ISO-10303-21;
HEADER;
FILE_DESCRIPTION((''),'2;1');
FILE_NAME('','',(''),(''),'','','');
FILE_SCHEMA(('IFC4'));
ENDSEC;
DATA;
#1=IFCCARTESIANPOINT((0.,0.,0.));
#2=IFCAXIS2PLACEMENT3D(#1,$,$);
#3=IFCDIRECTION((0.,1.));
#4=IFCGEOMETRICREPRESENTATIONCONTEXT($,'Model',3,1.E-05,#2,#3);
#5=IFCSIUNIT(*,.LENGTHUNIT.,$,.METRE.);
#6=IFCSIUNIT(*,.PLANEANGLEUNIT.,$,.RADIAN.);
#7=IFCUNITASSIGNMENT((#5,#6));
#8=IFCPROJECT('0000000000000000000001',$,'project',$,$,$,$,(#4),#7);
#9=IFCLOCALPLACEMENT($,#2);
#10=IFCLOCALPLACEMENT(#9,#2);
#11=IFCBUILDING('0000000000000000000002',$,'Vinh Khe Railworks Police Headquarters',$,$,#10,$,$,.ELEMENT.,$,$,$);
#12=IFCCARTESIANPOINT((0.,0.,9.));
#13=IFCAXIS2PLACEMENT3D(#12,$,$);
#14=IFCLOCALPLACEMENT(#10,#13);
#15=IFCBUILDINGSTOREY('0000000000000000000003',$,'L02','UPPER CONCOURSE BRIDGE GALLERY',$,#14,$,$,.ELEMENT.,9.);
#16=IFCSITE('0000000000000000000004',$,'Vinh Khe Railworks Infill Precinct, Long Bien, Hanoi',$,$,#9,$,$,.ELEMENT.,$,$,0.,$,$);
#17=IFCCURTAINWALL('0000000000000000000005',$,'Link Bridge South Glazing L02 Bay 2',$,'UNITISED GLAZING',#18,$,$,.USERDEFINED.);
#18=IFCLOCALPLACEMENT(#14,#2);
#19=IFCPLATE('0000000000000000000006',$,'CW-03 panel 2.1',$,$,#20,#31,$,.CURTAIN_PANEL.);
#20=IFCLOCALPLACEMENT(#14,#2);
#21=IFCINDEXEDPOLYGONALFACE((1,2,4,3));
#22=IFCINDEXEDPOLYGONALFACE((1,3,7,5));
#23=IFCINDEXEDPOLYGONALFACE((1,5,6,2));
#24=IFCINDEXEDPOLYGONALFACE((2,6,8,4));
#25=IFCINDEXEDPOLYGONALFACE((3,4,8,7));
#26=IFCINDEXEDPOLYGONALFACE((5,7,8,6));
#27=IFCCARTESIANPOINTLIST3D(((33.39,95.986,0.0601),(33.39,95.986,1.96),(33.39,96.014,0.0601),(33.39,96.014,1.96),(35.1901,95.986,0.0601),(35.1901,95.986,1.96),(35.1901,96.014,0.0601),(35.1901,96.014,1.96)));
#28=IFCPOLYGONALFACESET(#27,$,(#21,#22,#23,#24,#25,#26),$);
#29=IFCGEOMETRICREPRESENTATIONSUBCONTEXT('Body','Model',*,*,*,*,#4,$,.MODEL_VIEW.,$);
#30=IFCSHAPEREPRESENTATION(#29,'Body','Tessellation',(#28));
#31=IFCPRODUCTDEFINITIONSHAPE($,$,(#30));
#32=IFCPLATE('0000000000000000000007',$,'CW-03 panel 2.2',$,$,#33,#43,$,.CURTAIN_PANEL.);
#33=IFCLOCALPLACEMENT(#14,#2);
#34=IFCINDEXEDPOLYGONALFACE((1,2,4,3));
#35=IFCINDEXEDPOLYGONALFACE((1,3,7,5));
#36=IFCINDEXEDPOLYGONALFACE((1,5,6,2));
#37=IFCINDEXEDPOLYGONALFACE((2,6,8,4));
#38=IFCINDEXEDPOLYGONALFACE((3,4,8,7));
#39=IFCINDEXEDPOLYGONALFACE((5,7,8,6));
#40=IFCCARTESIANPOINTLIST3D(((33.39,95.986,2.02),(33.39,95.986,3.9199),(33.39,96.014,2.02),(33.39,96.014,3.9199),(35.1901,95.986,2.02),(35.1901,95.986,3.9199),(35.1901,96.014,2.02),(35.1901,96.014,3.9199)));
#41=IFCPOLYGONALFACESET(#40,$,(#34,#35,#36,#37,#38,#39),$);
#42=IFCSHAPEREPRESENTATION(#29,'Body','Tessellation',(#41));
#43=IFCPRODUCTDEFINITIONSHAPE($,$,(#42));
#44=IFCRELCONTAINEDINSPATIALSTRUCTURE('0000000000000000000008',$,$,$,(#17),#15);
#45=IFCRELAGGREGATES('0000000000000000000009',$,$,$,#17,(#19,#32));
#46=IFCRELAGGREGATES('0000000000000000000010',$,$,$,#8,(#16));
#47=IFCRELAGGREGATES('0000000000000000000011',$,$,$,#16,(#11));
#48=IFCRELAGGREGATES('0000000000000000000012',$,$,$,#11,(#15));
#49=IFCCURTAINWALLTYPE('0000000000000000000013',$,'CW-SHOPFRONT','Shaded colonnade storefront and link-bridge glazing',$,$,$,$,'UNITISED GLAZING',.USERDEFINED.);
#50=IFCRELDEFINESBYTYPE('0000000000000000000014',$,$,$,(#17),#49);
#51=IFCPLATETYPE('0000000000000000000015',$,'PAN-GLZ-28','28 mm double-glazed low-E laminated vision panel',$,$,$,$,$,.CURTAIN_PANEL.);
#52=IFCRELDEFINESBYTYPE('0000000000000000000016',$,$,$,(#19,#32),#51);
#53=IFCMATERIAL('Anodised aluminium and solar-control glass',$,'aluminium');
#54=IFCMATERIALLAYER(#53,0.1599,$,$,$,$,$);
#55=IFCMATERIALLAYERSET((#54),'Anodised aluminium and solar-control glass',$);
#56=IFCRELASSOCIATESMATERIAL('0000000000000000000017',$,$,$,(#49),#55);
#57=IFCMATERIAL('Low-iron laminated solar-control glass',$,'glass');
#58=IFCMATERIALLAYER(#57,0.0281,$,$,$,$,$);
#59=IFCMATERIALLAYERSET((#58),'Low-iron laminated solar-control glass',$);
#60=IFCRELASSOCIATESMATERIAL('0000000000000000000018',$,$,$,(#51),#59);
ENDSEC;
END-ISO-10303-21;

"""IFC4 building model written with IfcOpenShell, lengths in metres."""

from ifc_helpers import new_model, si_unit, direction, frame, origin, origin_2d, place, context, subcontext, project, spatial, rectangle, extrude, material, layer, layer_set, type_object, element, aggregate, save


model = new_model("IFC4")

# Units and contexts
model_context = context("Model", 3, precision=1e-05, world=origin(), true_north=direction((0.0, 1.0)))
body_context = subcontext(model_context, "Body", "Model", "MODEL_VIEW")
ifc_project = project(units=[si_unit("LENGTHUNIT", "METRE"), si_unit("PLANEANGLEUNIT", "RADIAN")], contexts=[model_context])

# Site, building, storey
site_placement = place(None, origin())
site = spatial("IfcSite", under=ifc_project, at=site_placement, Name="Vinh Khe Railworks Infill Precinct, Long Bien, Hanoi", CompositionType="ELEMENT", RefElevation=0.0)
building_placement = place(site_placement, origin())
building = spatial("IfcBuilding", under=site, at=building_placement, Name="Vinh Khe Railworks Police Headquarters", CompositionType="ELEMENT")
storey_placement = place(building_placement, frame((0.0, 0.0, 9.0)))
storey = spatial("IfcBuildingStorey", under=building, at=storey_placement, Name="L02", Description="UPPER CONCOURSE BRIDGE GALLERY", CompositionType="ELEMENT", Elevation=9.0)

# Shared definitions
ifc_material_1 = material(Name="Anodised aluminium and solar-control glass", Category="aluminium")
ifc_layer_1 = layer(ifc_material_1, 0.1599)
ifc_layer_set_1 = layer_set([ifc_layer_1], Name="Anodised aluminium and solar-control glass")
curtain_wall_type = type_object("IfcCurtainWallType", Name="CW-SHOPFRONT", Description="Shaded colonnade storefront and link-bridge glazing", ElementType="UNITISED GLAZING", PredefinedType="USERDEFINED", material=ifc_layer_set_1)

# Curtain wall
curtain_wall_1_placement = place(storey_placement, origin())
curtain_wall_1 = element("IfcCurtainWall", 1, at=curtain_wall_1_placement, inside=storey, type_object=curtain_wall_type, Name="Link Bridge South Glazing L02 Bay 2", ObjectType="UNITISED GLAZING", PredefinedType="USERDEFINED")

# Plates
ifc_material_2 = material(Name="Low-iron laminated solar-control glass", Category="glass")
ifc_layer_2 = layer(ifc_material_2, 0.0281)
ifc_layer_set_2 = layer_set([ifc_layer_2], Name="Low-iron laminated solar-control glass")
plate_type = type_object("IfcPlateType", Name="PAN-GLZ-28", Description="28 mm double-glazed low-E laminated vision panel", PredefinedType="CURTAIN_PANEL", material=ifc_layer_set_2)
plate_1_placement = place(storey_placement, frame((34.29, 96.0, 0.0601), z_axis=(0.0, 0.0, 1.0), x_axis=(1.0, 0.0, 0.0)))
plate_1 = element("IfcPlate", 2, at=plate_1_placement, type_object=plate_type, Name="CW-03 panel 2.1", PredefinedType="CURTAIN_PANEL", context=body_context, shape_type="SweptSolid", body=[
    extrude(rectangle(XDim=1.8, YDim=0.0281, at=origin_2d()), origin(), (0.0, 0.0, 1.0), 1.8999),
])
plate_2_placement = place(storey_placement, frame((34.29, 96.0, 2.02), z_axis=(0.0, 0.0, 1.0), x_axis=(1.0, 0.0, 0.0)))
plate_2 = element("IfcPlate", 3, at=plate_2_placement, type_object=plate_type, Name="CW-03 panel 2.2", PredefinedType="CURTAIN_PANEL", context=body_context, shape_type="SweptSolid", body=[
    extrude(rectangle(XDim=1.8, YDim=0.0281, at=origin_2d()), origin(), (0.0, 0.0, 1.0), 1.8999),
])
aggregate(curtain_wall_1, [plate_1, plate_2])

save(model, "model.ifc")
